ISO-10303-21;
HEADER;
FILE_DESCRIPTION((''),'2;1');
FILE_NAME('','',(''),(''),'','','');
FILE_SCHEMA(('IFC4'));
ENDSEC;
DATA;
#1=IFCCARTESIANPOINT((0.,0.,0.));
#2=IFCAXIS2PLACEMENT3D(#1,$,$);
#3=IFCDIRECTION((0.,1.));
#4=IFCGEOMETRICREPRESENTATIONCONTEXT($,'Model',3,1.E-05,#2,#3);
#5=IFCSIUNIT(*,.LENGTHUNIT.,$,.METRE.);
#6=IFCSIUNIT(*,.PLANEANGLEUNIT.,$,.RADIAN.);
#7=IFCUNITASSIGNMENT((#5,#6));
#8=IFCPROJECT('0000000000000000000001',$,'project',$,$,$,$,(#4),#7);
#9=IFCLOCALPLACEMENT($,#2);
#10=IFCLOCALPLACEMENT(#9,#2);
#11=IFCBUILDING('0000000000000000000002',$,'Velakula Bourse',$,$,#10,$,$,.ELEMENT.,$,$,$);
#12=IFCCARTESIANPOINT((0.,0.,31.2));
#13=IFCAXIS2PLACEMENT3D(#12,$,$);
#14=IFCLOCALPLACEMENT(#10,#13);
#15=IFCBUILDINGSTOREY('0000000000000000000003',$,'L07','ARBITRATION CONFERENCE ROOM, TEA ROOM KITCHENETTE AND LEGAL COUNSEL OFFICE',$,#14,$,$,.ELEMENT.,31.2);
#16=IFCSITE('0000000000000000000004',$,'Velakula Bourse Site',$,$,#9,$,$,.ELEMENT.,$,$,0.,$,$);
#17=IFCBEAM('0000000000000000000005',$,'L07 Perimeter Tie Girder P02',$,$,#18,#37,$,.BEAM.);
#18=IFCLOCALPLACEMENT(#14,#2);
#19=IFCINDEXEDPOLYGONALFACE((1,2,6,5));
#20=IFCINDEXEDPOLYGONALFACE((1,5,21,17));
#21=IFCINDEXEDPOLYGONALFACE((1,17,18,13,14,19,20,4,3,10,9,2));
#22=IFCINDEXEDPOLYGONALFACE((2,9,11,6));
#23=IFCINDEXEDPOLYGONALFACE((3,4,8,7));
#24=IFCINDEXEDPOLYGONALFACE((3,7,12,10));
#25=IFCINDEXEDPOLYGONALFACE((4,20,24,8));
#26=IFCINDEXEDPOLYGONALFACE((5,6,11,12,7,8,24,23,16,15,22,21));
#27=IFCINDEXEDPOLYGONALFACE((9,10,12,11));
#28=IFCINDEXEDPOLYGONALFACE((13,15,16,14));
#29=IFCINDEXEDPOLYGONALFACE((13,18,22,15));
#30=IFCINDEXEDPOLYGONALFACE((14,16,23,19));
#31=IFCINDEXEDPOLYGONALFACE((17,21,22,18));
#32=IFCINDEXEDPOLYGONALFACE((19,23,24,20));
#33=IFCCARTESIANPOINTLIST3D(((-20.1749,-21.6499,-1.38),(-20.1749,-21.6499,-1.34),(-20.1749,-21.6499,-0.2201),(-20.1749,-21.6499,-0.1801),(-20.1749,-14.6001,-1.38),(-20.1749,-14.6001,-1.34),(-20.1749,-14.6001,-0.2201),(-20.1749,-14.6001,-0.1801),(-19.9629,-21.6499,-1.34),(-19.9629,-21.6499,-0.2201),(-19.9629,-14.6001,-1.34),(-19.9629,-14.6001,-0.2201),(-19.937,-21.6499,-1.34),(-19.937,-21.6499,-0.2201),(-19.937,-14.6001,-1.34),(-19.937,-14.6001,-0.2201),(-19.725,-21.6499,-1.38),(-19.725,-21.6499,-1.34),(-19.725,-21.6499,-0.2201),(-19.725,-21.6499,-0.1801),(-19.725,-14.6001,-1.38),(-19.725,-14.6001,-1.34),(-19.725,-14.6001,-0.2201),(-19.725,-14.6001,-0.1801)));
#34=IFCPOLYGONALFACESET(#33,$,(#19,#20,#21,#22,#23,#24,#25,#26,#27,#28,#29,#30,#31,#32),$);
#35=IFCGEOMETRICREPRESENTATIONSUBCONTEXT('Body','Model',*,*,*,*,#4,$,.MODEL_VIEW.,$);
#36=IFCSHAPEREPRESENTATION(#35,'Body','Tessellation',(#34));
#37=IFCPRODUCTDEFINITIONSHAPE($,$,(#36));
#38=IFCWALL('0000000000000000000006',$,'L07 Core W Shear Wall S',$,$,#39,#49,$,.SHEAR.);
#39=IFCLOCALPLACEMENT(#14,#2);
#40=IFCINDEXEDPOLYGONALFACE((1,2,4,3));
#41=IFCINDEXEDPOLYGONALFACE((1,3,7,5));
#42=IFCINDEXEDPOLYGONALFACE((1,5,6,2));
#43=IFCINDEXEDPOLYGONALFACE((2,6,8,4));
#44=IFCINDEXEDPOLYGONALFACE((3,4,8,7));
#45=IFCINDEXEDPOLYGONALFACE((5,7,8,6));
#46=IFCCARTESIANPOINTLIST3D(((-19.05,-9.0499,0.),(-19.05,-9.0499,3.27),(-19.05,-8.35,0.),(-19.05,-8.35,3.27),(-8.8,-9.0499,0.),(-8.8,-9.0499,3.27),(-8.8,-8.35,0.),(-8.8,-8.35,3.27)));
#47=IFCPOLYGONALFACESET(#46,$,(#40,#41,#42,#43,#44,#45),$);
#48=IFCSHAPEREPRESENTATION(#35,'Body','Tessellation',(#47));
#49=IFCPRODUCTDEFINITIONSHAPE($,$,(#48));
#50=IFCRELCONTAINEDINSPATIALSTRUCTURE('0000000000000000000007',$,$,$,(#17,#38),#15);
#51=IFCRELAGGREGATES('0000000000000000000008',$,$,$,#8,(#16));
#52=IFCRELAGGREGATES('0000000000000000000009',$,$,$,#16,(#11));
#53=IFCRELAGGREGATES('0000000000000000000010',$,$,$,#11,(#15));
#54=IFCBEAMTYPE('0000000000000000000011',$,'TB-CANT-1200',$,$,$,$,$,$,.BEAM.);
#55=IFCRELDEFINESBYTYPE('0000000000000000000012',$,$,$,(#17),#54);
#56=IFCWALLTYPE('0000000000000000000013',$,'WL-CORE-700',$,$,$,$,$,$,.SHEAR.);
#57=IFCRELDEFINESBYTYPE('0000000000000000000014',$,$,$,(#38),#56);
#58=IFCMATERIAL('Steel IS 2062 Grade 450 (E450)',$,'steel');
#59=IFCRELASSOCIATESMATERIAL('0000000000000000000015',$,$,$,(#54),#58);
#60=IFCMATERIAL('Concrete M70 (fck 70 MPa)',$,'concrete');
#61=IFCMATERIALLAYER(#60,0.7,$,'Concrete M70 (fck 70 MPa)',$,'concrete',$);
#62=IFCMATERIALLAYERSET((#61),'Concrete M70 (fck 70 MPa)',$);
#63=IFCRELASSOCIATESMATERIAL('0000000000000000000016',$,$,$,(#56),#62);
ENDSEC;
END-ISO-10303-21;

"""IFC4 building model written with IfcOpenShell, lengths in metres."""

from ifc_helpers import new_model, si_unit, direction, frame, frame_2d, origin, origin_2d, place, context, subcontext, project, spatial, rectangle, i_section, extrude, material, layer, layer_set, material_profile, profile_set, type_object, element, save


model = new_model("IFC4")

# Units and contexts
model_context = context("Model", 3, precision=1e-05, world=origin(), true_north=direction((0.0, 1.0)))
body_context = subcontext(model_context, "Body", "Model", "MODEL_VIEW")
ifc_project = project(units=[si_unit("LENGTHUNIT", "METRE"), si_unit("PLANEANGLEUNIT", "RADIAN")], contexts=[model_context])

# Site, building, storey
site_placement = place(None, origin())
site = spatial("IfcSite", under=ifc_project, at=site_placement, Name="Velakula Bourse Site", CompositionType="ELEMENT", RefElevation=0.0)
building_placement = place(site_placement, origin())
building = spatial("IfcBuilding", under=site, at=building_placement, Name="Velakula Bourse", CompositionType="ELEMENT")
storey_placement = place(building_placement, frame((0.0, 0.0, 31.2)))
storey = spatial("IfcBuildingStorey", under=building, at=storey_placement, Name="L07", Description="ARBITRATION CONFERENCE ROOM, TEA ROOM KITCHENETTE AND LEGAL COUNSEL OFFICE", CompositionType="ELEMENT", Elevation=31.2)

# Shared definitions
ifc_material_1 = material(Name="Steel IS 2062 Grade 450 (E450)", Category="steel")

# Beam
ifc_material_profile_1 = material_profile(ifc_material_1, i_section(OverallWidth=0.45, OverallDepth=1.2, WebThickness=0.0259, FlangeThickness=0.04, at=origin_2d()), Name="Steel IS 2062 Grade 450 (E450)")
ifc_profile_set_1 = profile_set([ifc_material_profile_1], Name="Steel IS 2062 Grade 450 (E450)")
beam_type_1 = type_object("IfcBeamType", Name="TB-CANT-1200", PredefinedType="BEAM", material=ifc_profile_set_1)
for number, where, z_axis, x_axis, name in (
    (1, (-19.95, -14.6001, -0.78), (0.0, -1.0, 0.0), (1.0, 0.0, 0.0), "L07 Perimeter Tie Girder P02"),
):
    element("IfcBeam", number, at=place(storey_placement, frame(where, z_axis=z_axis, x_axis=x_axis)), inside=storey, type_object=beam_type_1, Name=name, PredefinedType="BEAM", context=body_context, shape_type="SweptSolid", body=[
        extrude(i_section(OverallWidth=0.45, OverallDepth=1.2, WebThickness=0.0259, FlangeThickness=0.04, at=origin_2d()), origin(), (0.0, 0.0, 1.0), 7.0498),
    ])

# Wall
ifc_material_2 = material(Name="Concrete M70 (fck 70 MPa)", Category="concrete")
ifc_layer_1 = layer(ifc_material_2, 0.7, Name="Concrete M70 (fck 70 MPa)", Category="concrete")
ifc_layer_set_1 = layer_set([ifc_layer_1], Name="Concrete M70 (fck 70 MPa)")
wall_type_1 = type_object("IfcWallType", Name="WL-CORE-700", PredefinedType="SHEAR", material=ifc_layer_set_1)
wall_1_placement = place(storey_placement, frame((-19.05, -8.7, 0.0), z_axis=(0.0, 0.0, 1.0), x_axis=(1.0, 0.0, 0.0)))
element("IfcWall", 2, at=wall_1_placement, inside=storey, type_object=wall_type_1, Name="L07 Core W Shear Wall S", PredefinedType="SHEAR", context=body_context, shape_type="SweptSolid", body=[
    extrude(rectangle(XDim=10.25, YDim=0.7, at=frame_2d((5.125, 0.0))), origin(), (0.0, 0.0, 1.0), 3.27),
])

save(model, "model.ifc")
